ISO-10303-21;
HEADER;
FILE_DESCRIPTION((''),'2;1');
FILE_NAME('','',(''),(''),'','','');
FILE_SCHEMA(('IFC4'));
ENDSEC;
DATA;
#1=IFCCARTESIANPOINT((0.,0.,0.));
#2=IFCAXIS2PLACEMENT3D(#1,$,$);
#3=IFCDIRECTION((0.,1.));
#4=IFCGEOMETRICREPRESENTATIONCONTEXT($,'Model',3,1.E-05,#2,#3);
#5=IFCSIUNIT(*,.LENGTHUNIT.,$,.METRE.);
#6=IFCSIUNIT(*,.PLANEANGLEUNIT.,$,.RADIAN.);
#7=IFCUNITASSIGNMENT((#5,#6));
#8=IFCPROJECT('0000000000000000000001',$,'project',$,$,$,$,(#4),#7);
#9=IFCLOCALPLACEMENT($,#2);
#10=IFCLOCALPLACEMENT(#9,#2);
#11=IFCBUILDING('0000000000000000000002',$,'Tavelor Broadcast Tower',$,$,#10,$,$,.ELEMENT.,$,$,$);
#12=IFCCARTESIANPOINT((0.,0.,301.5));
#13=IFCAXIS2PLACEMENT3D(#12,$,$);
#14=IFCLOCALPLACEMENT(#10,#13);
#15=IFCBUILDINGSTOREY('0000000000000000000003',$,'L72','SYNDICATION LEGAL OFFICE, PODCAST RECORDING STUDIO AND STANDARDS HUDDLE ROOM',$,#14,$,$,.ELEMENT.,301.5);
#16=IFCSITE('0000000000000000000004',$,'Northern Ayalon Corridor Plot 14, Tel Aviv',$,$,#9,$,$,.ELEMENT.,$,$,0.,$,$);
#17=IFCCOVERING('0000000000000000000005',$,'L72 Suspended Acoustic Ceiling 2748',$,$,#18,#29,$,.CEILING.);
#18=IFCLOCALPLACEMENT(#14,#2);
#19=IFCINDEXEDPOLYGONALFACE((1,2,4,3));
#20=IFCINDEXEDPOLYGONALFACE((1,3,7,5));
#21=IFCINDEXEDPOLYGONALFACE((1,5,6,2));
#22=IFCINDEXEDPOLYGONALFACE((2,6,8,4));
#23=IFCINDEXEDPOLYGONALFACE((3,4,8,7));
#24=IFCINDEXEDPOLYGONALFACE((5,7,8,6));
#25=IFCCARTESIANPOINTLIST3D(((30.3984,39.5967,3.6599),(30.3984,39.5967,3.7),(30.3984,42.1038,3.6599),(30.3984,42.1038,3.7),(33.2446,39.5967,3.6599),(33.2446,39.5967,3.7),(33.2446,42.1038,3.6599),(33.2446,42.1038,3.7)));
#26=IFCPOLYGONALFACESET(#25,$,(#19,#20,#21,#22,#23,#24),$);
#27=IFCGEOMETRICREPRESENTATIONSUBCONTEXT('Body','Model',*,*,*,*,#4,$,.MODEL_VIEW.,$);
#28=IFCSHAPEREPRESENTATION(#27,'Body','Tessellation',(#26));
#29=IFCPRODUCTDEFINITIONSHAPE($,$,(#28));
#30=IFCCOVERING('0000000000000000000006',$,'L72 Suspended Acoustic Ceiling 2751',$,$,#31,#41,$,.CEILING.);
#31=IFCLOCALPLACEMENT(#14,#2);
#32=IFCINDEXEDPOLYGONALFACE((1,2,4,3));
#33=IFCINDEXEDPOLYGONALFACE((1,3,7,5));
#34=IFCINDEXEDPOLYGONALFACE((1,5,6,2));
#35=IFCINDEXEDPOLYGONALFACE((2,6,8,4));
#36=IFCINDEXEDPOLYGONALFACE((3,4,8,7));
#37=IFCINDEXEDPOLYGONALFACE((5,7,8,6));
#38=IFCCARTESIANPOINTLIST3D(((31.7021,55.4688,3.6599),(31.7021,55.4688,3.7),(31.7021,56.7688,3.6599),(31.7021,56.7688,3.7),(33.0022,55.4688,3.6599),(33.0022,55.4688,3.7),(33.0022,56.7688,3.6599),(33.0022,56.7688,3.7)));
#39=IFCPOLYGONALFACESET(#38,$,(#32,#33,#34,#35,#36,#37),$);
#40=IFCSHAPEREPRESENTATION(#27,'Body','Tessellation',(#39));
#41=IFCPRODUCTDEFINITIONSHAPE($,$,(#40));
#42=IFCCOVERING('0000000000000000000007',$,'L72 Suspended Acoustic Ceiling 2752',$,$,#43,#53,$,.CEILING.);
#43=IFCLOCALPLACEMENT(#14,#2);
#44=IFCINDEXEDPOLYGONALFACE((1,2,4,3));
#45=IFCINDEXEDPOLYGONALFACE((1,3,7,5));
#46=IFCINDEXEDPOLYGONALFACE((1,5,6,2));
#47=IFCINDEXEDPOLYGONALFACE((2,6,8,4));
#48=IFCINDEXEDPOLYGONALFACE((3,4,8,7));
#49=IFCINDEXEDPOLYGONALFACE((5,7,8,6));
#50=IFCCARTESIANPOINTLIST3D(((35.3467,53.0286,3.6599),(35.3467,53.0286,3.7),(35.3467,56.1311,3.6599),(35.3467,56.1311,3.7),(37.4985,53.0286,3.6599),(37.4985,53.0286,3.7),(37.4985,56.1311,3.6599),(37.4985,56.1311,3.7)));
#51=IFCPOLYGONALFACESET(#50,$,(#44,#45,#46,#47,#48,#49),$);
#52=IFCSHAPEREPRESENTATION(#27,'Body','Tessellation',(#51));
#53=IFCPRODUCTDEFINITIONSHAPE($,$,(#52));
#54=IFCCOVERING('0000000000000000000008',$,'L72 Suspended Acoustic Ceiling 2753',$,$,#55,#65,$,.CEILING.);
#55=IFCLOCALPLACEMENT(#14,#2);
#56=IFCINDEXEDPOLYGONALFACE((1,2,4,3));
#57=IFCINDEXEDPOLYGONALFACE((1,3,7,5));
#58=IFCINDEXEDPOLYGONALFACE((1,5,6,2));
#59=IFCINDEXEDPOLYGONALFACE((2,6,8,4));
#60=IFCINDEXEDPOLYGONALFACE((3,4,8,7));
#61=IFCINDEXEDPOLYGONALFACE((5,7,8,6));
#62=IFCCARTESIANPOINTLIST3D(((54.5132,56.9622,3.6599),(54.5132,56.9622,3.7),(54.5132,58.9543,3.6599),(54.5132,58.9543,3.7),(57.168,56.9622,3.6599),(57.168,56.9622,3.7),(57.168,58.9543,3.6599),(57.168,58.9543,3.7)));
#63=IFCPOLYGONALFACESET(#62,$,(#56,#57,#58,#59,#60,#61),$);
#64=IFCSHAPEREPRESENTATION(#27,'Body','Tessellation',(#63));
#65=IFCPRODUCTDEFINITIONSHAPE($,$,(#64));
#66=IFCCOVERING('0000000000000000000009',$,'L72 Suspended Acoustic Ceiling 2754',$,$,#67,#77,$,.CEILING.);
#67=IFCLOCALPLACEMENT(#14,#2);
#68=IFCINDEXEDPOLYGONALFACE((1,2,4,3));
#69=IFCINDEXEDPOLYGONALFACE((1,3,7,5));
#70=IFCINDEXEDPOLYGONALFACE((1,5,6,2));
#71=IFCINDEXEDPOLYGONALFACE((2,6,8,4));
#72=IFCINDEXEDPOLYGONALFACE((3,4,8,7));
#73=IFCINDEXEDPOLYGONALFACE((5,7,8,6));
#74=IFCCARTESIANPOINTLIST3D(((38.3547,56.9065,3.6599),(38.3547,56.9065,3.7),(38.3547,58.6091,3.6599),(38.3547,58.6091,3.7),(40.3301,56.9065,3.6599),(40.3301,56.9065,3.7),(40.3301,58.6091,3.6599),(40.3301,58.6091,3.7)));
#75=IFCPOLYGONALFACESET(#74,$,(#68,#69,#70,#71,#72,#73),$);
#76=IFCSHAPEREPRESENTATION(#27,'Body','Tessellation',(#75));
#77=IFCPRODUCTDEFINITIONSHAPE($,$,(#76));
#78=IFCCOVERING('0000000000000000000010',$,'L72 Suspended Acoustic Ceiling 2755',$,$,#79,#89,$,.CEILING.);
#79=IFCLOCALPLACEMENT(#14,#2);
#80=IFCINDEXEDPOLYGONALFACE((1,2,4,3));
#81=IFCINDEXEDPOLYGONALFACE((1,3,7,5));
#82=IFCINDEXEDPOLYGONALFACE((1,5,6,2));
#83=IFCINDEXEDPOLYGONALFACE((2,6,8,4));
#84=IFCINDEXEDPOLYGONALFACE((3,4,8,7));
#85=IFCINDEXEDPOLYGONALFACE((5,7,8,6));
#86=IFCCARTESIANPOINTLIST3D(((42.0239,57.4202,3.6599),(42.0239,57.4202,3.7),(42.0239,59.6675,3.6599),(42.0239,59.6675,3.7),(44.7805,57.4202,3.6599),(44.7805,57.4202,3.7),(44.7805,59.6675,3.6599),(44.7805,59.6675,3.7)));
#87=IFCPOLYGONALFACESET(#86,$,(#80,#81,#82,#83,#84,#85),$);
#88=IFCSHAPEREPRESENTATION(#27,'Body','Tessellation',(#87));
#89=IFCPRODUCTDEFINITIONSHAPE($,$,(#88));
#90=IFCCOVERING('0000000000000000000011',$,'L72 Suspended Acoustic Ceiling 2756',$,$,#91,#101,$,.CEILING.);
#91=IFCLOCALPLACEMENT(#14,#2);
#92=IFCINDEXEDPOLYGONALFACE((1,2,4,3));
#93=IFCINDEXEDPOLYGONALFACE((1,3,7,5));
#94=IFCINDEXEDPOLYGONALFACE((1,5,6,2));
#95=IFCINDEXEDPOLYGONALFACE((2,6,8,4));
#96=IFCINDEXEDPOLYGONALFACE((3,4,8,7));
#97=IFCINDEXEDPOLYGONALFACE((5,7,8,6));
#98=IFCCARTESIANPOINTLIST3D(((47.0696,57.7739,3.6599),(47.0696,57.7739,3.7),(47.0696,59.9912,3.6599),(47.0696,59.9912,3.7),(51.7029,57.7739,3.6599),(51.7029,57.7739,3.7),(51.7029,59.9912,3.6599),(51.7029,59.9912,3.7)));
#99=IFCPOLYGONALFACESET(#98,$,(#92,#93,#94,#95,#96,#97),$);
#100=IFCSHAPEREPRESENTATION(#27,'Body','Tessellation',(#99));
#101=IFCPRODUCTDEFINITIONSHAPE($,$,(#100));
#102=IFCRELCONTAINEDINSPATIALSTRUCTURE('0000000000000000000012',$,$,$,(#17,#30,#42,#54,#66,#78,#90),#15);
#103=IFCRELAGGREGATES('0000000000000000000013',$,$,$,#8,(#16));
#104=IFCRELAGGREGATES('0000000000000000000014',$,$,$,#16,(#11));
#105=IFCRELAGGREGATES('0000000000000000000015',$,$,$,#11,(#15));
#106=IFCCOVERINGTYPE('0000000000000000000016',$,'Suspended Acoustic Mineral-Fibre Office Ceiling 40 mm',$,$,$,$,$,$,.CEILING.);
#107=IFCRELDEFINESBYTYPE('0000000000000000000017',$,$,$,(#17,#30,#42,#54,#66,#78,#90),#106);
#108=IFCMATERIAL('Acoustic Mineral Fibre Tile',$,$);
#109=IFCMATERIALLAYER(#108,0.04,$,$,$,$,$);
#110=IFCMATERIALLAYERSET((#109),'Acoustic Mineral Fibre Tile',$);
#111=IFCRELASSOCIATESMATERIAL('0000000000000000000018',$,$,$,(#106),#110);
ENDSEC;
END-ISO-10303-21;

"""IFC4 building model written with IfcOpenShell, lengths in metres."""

from ifc_helpers import new_model, si_unit, direction, frame, origin, place, context, subcontext, project, spatial, polyline, outline, extrude, material, layer, layer_set, type_object, element, save


model = new_model("IFC4")

# Units and contexts
model_context = context("Model", 3, precision=1e-05, world=origin(), true_north=direction((0.0, 1.0)))
body_context = subcontext(model_context, "Body", "Model", "MODEL_VIEW")
ifc_project = project(units=[si_unit("LENGTHUNIT", "METRE"), si_unit("PLANEANGLEUNIT", "RADIAN")], contexts=[model_context])

# Site, building, storey
site_placement = place(None, origin())
site = spatial("IfcSite", under=ifc_project, at=site_placement, Name="Northern Ayalon Corridor Plot 14, Tel Aviv", CompositionType="ELEMENT", RefElevation=0.0)
building_placement = place(site_placement, origin())
building = spatial("IfcBuilding", under=site, at=building_placement, Name="Tavelor Broadcast Tower", CompositionType="ELEMENT")
storey_placement = place(building_placement, frame((0.0, 0.0, 301.5)))
storey = spatial("IfcBuildingStorey", under=building, at=storey_placement, Name="L72", Description="SYNDICATION LEGAL OFFICE, PODCAST RECORDING STUDIO AND STANDARDS HUDDLE ROOM", CompositionType="ELEMENT", Elevation=301.5)

# Coverings
ifc_material_1 = material(Name="Acoustic Mineral Fibre Tile")
ifc_layer_1 = layer(ifc_material_1, 0.04)
ifc_layer_set_1 = layer_set([ifc_layer_1], Name="Acoustic Mineral Fibre Tile")
covering_type_1 = type_object("IfcCoveringType", Name="Suspended Acoustic Mineral-Fibre Office Ceiling 40 mm", PredefinedType="CEILING", material=ifc_layer_set_1)
covering_1_placement = place(storey_placement, frame((0.0, 0.0, 3.6599)))
element("IfcCovering", 1, at=covering_1_placement, inside=storey, type_object=covering_type_1, Name="L72 Suspended Acoustic Ceiling 2748", PredefinedType="CEILING", context=body_context, shape_type="SweptSolid", body=[
    extrude(outline(polyline([(30.3984, 39.5967), (33.2446, 39.5967), (33.2446, 42.1038), (30.3984, 42.1038), (30.3984, 39.5967)])), origin(), (0.0, 0.0, 1.0), 0.04),
])
covering_2_placement = place(storey_placement, frame((0.0, 0.0, 3.6599)))
element("IfcCovering", 2, at=covering_2_placement, inside=storey, type_object=covering_type_1, Name="L72 Suspended Acoustic Ceiling 2751", PredefinedType="CEILING", context=body_context, shape_type="SweptSolid", body=[
    extrude(outline(polyline([(31.7021, 55.4688), (33.0022, 55.4688), (33.0022, 56.7688), (31.7021, 56.7688), (31.7021, 55.4688)])), origin(), (0.0, 0.0, 1.0), 0.04),
])
covering_3_placement = place(storey_placement, frame((0.0, 0.0, 3.6599)))
element("IfcCovering", 3, at=covering_3_placement, inside=storey, type_object=covering_type_1, Name="L72 Suspended Acoustic Ceiling 2752", PredefinedType="CEILING", context=body_context, shape_type="SweptSolid", body=[
    extrude(outline(polyline([(35.3467, 53.0286), (37.4985, 53.0286), (37.4985, 56.1311), (35.3467, 56.1311), (35.3467, 53.0286)])), origin(), (0.0, 0.0, 1.0), 0.04),
])
covering_4_placement = place(storey_placement, frame((0.0, 0.0, 3.6599)))
element("IfcCovering", 4, at=covering_4_placement, inside=storey, type_object=covering_type_1, Name="L72 Suspended Acoustic Ceiling 2753", PredefinedType="CEILING", context=body_context, shape_type="SweptSolid", body=[
    extrude(outline(polyline([(54.5132, 56.9622), (57.168, 56.9622), (57.168, 58.9543), (54.5132, 58.9543), (54.5132, 56.9622)])), origin(), (0.0, 0.0, 1.0), 0.04),
])
covering_5_placement = place(storey_placement, frame((0.0, 0.0, 3.6599)))
element("IfcCovering", 5, at=covering_5_placement, inside=storey, type_object=covering_type_1, Name="L72 Suspended Acoustic Ceiling 2754", PredefinedType="CEILING", context=body_context, shape_type="SweptSolid", body=[
    extrude(outline(polyline([(38.3547, 56.9065), (40.3301, 56.9065), (40.3301, 58.6091), (38.3547, 58.6091), (38.3547, 56.9065)])), origin(), (0.0, 0.0, 1.0), 0.04),
])
covering_6_placement = place(storey_placement, frame((0.0, 0.0, 3.6599)))
element("IfcCovering", 6, at=covering_6_placement, inside=storey, type_object=covering_type_1, Name="L72 Suspended Acoustic Ceiling 2755", PredefinedType="CEILING", context=body_context, shape_type="SweptSolid", body=[
    extrude(outline(polyline([(42.0239, 57.4202), (44.7805, 57.4202), (44.7805, 59.6675), (42.0239, 59.6675), (42.0239, 57.4202)])), origin(), (0.0, 0.0, 1.0), 0.04),
])
covering_7_placement = place(storey_placement, frame((0.0, 0.0, 3.6599)))
element("IfcCovering", 7, at=covering_7_placement, inside=storey, type_object=covering_type_1, Name="L72 Suspended Acoustic Ceiling 2756", PredefinedType="CEILING", context=body_context, shape_type="SweptSolid", body=[
    extrude(outline(polyline([(47.0696, 57.7739), (51.7029, 57.7739), (51.7029, 59.9912), (47.0696, 59.9912), (47.0696, 57.7739)])), origin(), (0.0, 0.0, 1.0), 0.04),
])

save(model, "model.ifc")
